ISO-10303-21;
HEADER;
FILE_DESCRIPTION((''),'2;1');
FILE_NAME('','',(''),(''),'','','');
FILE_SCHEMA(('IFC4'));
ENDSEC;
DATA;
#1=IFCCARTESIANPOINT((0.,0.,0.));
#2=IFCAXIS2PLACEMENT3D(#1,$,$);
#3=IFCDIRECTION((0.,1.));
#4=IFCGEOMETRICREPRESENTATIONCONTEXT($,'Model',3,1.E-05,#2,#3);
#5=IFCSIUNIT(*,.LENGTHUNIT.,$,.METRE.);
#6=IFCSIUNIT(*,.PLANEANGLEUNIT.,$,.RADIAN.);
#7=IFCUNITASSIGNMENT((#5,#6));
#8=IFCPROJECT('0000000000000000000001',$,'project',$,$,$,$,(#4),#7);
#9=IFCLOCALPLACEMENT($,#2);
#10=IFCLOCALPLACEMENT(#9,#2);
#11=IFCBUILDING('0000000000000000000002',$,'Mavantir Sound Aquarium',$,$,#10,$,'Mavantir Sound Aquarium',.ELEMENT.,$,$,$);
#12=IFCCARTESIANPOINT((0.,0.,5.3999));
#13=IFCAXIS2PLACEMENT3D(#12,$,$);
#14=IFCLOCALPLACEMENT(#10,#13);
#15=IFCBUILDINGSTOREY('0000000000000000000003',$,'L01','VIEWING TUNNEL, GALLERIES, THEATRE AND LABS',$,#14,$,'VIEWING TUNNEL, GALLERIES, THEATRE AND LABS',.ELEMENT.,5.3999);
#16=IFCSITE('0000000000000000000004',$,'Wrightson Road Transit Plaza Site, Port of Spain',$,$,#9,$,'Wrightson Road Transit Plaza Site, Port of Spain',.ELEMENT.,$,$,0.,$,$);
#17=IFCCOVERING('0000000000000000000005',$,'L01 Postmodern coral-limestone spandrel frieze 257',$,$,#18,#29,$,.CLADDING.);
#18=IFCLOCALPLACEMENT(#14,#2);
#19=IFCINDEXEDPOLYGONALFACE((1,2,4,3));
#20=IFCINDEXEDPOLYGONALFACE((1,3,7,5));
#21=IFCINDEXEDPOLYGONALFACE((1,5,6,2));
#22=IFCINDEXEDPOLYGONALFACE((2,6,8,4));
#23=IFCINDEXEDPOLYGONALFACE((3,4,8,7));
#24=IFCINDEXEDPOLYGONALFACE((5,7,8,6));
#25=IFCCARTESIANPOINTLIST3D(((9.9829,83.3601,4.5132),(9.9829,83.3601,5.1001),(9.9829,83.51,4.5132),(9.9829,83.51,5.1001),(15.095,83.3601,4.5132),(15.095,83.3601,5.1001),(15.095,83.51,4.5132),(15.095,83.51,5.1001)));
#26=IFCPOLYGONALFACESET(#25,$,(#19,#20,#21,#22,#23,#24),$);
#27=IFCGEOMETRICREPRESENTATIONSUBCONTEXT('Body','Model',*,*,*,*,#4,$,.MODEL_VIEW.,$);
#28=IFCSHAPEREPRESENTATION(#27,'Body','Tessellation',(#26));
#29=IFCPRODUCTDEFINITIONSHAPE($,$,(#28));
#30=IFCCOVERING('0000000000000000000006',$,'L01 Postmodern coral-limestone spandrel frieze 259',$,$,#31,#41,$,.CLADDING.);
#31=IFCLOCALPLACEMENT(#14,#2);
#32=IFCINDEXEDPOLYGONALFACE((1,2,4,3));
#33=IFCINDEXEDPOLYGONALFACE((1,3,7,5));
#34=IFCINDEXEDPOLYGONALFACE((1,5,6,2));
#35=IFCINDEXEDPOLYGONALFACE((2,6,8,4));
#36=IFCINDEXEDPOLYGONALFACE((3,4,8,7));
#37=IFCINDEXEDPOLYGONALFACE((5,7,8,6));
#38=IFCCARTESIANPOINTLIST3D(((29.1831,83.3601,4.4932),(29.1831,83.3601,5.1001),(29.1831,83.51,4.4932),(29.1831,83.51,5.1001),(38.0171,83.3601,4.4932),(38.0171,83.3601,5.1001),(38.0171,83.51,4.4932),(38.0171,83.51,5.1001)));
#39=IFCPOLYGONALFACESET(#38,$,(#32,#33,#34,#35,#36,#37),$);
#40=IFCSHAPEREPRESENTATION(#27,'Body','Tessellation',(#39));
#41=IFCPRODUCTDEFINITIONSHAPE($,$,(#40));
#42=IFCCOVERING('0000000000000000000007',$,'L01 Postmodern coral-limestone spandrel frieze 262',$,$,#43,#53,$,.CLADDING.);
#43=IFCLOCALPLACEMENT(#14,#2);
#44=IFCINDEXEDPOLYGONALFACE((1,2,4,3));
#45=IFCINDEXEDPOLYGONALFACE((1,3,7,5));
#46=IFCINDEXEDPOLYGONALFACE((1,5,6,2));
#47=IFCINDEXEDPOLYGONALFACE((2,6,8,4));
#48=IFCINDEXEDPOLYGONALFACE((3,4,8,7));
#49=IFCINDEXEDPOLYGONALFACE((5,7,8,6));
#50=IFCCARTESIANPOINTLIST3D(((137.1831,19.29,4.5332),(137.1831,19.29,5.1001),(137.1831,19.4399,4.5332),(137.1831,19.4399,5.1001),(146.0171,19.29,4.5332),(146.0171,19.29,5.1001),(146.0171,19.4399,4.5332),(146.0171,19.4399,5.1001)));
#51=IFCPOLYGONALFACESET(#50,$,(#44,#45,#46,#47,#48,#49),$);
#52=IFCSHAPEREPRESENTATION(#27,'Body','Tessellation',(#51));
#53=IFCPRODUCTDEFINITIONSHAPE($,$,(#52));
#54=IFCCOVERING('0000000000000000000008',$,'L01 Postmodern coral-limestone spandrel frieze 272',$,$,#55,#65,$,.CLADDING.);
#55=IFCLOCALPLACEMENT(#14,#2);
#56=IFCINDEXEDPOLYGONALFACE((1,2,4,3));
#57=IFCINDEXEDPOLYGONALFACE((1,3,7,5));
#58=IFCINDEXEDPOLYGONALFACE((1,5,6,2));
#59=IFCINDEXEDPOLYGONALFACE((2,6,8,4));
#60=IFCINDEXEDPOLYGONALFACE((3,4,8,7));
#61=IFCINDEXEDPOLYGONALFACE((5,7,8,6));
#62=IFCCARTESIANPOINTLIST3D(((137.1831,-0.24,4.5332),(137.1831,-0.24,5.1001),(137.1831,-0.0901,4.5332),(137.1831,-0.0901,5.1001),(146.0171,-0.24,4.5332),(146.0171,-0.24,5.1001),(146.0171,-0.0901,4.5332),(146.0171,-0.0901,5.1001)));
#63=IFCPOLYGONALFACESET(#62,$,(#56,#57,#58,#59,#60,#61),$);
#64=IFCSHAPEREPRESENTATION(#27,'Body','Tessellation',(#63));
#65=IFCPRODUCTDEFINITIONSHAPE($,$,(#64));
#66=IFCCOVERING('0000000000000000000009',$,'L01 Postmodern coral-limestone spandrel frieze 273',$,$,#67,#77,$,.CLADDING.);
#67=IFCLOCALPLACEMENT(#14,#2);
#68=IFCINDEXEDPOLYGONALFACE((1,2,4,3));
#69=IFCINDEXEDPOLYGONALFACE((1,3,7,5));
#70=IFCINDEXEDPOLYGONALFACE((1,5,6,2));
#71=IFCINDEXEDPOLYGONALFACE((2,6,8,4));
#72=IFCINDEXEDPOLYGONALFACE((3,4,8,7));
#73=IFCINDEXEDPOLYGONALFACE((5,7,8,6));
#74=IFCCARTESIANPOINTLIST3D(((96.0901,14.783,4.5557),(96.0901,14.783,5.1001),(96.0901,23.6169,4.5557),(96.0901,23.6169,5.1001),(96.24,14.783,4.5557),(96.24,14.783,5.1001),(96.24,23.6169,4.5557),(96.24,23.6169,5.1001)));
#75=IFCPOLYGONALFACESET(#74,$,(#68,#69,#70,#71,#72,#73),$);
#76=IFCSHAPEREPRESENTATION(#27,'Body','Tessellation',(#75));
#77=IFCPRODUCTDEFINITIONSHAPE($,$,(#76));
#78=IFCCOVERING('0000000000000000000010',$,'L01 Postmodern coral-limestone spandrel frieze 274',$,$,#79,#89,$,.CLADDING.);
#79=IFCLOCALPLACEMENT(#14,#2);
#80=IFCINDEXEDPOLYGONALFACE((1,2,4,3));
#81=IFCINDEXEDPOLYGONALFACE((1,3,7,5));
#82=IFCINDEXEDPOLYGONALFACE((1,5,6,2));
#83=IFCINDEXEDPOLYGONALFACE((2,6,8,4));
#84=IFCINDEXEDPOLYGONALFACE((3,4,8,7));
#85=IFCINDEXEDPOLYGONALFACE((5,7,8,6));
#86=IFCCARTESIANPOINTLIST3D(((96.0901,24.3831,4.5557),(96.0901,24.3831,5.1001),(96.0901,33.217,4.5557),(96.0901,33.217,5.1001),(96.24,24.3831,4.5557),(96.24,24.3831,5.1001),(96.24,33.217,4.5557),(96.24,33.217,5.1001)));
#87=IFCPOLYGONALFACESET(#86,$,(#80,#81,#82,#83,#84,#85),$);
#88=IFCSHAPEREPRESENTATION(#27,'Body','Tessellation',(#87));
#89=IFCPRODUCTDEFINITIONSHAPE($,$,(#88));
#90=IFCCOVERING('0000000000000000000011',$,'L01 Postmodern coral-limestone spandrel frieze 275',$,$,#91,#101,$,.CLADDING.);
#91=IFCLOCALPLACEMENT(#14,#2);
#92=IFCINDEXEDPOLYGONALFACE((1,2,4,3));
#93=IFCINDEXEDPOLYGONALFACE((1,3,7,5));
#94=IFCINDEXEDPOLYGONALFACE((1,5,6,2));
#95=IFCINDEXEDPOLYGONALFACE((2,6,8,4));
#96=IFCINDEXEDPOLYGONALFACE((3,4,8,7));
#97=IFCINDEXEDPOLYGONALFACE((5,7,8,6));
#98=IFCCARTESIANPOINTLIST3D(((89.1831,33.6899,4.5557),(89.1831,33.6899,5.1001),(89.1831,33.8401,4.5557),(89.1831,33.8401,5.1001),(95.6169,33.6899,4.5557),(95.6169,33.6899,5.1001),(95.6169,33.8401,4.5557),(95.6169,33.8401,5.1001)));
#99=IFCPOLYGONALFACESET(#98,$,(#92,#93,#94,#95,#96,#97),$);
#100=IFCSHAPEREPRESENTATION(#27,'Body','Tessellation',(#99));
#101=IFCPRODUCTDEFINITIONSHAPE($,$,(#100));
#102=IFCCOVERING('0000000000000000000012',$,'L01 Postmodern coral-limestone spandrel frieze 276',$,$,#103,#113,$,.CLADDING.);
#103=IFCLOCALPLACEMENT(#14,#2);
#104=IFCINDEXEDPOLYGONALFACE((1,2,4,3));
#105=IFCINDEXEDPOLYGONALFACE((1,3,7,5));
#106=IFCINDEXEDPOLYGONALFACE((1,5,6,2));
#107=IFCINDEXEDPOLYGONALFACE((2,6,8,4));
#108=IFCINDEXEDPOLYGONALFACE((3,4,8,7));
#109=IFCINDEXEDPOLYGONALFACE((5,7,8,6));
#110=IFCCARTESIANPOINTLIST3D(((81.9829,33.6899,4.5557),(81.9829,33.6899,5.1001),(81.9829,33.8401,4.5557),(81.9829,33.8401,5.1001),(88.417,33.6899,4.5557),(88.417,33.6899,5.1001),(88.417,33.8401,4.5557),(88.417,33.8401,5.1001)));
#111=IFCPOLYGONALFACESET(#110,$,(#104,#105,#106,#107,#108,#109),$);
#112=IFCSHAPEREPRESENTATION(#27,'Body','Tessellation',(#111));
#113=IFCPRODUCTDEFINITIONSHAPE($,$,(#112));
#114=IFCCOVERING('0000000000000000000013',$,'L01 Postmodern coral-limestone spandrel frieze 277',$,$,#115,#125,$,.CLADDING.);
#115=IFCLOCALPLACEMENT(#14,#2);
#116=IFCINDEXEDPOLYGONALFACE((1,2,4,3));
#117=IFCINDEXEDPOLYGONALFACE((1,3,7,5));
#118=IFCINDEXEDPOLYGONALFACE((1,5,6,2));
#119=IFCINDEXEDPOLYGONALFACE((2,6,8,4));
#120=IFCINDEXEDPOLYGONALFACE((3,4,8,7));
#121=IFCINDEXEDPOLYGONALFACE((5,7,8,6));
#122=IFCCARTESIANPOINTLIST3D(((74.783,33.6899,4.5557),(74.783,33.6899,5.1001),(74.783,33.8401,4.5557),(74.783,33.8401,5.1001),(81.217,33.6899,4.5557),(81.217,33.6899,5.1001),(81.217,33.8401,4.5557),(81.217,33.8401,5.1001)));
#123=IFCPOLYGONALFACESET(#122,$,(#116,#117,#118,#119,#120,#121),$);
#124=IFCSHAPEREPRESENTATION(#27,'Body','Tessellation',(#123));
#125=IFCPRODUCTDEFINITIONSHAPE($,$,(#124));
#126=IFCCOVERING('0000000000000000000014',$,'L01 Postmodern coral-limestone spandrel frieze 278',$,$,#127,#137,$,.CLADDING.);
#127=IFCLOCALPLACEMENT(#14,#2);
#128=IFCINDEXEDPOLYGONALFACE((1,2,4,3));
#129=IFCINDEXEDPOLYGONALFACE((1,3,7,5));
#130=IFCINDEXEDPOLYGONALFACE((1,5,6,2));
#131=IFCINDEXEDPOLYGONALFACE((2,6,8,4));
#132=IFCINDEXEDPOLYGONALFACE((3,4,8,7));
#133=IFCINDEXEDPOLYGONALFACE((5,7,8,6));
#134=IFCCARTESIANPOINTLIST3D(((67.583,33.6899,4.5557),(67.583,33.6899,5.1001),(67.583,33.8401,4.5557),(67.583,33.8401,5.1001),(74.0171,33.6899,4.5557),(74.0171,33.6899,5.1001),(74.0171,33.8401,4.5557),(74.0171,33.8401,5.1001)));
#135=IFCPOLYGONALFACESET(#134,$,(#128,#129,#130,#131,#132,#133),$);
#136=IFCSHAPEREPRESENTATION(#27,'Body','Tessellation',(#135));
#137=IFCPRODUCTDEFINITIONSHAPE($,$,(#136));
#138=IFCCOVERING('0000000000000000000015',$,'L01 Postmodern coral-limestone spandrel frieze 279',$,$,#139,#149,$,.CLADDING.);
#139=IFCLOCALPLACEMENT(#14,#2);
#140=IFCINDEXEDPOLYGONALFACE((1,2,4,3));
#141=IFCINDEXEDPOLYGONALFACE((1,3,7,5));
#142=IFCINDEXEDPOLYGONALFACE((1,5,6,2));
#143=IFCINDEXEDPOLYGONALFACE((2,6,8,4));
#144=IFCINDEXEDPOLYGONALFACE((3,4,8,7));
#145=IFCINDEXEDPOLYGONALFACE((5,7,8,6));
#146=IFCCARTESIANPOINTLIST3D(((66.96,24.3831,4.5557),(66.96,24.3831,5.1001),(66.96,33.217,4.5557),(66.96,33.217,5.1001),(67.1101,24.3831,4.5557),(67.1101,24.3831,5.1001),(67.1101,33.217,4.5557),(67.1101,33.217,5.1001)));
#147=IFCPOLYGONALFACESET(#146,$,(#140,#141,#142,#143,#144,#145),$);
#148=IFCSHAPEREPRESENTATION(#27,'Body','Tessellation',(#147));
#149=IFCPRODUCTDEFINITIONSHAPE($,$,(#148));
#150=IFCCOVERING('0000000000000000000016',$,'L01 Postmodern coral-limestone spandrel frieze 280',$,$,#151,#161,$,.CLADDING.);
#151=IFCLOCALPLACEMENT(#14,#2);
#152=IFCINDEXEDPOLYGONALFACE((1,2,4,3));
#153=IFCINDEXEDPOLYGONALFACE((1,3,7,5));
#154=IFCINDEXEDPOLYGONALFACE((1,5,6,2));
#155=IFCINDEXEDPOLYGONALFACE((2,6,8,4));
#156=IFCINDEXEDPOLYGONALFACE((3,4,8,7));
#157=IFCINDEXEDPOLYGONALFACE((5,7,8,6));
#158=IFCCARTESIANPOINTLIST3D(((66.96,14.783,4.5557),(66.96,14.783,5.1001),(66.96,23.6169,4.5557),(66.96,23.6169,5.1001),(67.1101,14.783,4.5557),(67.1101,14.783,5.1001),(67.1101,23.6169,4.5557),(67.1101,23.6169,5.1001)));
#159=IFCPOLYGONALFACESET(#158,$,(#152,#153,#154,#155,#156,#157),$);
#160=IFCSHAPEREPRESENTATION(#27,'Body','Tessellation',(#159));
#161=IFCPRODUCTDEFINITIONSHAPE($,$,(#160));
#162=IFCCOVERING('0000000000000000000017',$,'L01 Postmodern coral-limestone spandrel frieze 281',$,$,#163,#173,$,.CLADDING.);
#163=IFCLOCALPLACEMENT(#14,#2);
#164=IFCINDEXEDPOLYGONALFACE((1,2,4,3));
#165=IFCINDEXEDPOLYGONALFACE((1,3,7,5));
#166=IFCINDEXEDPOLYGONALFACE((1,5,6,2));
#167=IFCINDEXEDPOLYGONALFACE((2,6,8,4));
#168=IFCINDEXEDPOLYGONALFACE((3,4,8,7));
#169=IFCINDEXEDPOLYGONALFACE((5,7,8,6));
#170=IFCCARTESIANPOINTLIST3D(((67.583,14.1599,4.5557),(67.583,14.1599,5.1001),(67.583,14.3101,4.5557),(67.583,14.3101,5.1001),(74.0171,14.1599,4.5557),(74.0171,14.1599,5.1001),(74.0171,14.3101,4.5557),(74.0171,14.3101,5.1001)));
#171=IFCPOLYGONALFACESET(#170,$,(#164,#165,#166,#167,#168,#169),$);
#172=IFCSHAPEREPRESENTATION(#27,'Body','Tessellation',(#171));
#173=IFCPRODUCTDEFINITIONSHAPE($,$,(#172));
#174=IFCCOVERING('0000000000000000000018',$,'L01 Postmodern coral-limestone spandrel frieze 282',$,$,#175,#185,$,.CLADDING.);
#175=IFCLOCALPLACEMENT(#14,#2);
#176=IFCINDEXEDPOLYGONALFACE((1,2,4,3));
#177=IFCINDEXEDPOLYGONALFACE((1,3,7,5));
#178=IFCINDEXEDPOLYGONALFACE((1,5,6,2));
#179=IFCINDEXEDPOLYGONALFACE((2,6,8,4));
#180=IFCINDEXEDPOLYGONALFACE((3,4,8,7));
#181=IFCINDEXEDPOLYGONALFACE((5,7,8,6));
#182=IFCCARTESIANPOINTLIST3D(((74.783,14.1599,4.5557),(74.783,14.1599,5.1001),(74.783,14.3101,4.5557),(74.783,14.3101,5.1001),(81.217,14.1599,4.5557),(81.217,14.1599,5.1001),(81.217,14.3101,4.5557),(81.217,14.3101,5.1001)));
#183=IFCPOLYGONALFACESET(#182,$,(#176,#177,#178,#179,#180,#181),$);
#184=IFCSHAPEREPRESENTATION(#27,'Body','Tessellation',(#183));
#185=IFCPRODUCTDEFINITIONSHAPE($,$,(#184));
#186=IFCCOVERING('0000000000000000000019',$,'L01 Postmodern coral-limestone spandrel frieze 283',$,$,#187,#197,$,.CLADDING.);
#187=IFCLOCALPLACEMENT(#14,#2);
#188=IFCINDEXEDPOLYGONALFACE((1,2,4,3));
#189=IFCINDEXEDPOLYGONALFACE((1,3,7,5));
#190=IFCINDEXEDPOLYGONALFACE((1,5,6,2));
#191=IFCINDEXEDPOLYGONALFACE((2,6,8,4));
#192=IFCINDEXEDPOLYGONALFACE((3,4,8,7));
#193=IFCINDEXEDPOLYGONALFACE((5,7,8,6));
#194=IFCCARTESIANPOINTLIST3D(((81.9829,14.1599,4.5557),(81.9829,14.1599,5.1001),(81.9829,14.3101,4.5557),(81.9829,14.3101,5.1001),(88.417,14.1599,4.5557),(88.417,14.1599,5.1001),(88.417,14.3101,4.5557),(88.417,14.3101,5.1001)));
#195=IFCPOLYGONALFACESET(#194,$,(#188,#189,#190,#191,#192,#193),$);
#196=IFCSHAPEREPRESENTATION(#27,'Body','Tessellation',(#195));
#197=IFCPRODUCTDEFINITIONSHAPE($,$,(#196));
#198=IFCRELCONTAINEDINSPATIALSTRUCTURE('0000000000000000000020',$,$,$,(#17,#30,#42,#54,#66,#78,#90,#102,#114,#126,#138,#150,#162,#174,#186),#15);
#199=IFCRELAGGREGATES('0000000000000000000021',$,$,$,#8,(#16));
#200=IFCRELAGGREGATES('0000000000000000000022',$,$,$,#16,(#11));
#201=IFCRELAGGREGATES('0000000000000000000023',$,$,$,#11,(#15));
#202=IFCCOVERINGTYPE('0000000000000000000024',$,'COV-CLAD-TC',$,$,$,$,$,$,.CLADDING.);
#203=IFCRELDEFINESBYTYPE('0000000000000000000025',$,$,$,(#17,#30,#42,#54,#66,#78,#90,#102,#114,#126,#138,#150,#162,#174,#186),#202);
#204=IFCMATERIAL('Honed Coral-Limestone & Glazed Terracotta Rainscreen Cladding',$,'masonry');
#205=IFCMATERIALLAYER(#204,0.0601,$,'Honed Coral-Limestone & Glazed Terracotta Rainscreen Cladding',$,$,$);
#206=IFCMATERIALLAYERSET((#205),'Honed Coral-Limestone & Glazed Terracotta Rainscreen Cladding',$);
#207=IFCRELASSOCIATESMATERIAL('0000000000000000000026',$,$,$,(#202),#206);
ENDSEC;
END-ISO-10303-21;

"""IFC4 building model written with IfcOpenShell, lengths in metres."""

from ifc_helpers import new_model, si_unit, direction, frame, origin, place, context, subcontext, project, spatial, polyline, outline, extrude, material, layer, layer_set, type_object, element, save


model = new_model("IFC4")

# Units and contexts
model_context = context("Model", 3, precision=1e-05, world=origin(), true_north=direction((0.0, 1.0)))
body_context = subcontext(model_context, "Body", "Model", "MODEL_VIEW")
ifc_project = project(units=[si_unit("LENGTHUNIT", "METRE"), si_unit("PLANEANGLEUNIT", "RADIAN")], contexts=[model_context])

# Site, building, storey
site_placement = place(None, origin())
site = spatial("IfcSite", under=ifc_project, at=site_placement, Name="Wrightson Road Transit Plaza Site, Port of Spain", LongName="Wrightson Road Transit Plaza Site, Port of Spain", CompositionType="ELEMENT", RefElevation=0.0)
building_placement = place(site_placement, origin())
building = spatial("IfcBuilding", under=site, at=building_placement, Name="Mavantir Sound Aquarium", LongName="Mavantir Sound Aquarium", CompositionType="ELEMENT")
storey_placement = place(building_placement, frame((0.0, 0.0, 5.3999)))
storey = spatial("IfcBuildingStorey", under=building, at=storey_placement, Name="L01", Description="VIEWING TUNNEL, GALLERIES, THEATRE AND LABS", LongName="VIEWING TUNNEL, GALLERIES, THEATRE AND LABS", CompositionType="ELEMENT", Elevation=5.3999)

# Coverings
ifc_material = material(Name="Honed Coral-Limestone & Glazed Terracotta Rainscreen Cladding", Category="masonry")
ifc_layer = layer(ifc_material, 0.0601, Name="Honed Coral-Limestone & Glazed Terracotta Rainscreen Cladding")
ifc_layer_set = layer_set([ifc_layer], Name="Honed Coral-Limestone & Glazed Terracotta Rainscreen Cladding")
covering_type = type_object("IfcCoveringType", Name="COV-CLAD-TC", PredefinedType="CLADDING", material=ifc_layer_set)
covering_1_placement = place(storey_placement, frame((0.0, 0.0, 4.5132)))
element("IfcCovering", 1, at=covering_1_placement, inside=storey, type_object=covering_type, Name="L01 Postmodern coral-limestone spandrel frieze 257", PredefinedType="CLADDING", context=body_context, shape_type="SweptSolid", body=[
    extrude(outline(polyline([(9.9829, 83.51), (15.095, 83.51), (15.095, 83.3601), (9.9829, 83.3601), (9.9829, 83.51)])), origin(), (0.0, 0.0, 1.0), 0.5869),
])
covering_2_placement = place(storey_placement, frame((0.0, 0.0, 4.4932)))
element("IfcCovering", 2, at=covering_2_placement, inside=storey, type_object=covering_type, Name="L01 Postmodern coral-limestone spandrel frieze 259", PredefinedType="CLADDING", context=body_context, shape_type="SweptSolid", body=[
    extrude(outline(polyline([(29.1831, 83.51), (38.0171, 83.51), (38.0171, 83.3601), (29.1831, 83.3601), (29.1831, 83.51)])), origin(), (0.0, 0.0, 1.0), 0.6069),
])
covering_3_placement = place(storey_placement, frame((0.0, 0.0, 4.5332)))
element("IfcCovering", 3, at=covering_3_placement, inside=storey, type_object=covering_type, Name="L01 Postmodern coral-limestone spandrel frieze 262", PredefinedType="CLADDING", context=body_context, shape_type="SweptSolid", body=[
    extrude(outline(polyline([(146.0171, 19.29), (137.1831, 19.29), (137.1831, 19.4399), (146.0171, 19.4399), (146.0171, 19.29)])), origin(), (0.0, 0.0, 1.0), 0.5669),
])
covering_4_placement = place(storey_placement, frame((0.0, 0.0, 4.5332)))
element("IfcCovering", 4, at=covering_4_placement, inside=storey, type_object=covering_type, Name="L01 Postmodern coral-limestone spandrel frieze 272", PredefinedType="CLADDING", context=body_context, shape_type="SweptSolid", body=[
    extrude(outline(polyline([(137.1831, -0.0901), (146.0171, -0.0901), (146.0171, -0.24), (137.1831, -0.24), (137.1831, -0.0901)])), origin(), (0.0, 0.0, 1.0), 0.5669),
])
covering_5_placement = place(storey_placement, frame((0.0, 0.0, 4.5557)))
element("IfcCovering", 5, at=covering_5_placement, inside=storey, type_object=covering_type, Name="L01 Postmodern coral-limestone spandrel frieze 273", PredefinedType="CLADDING", context=body_context, shape_type="SweptSolid", body=[
    extrude(outline(polyline([(96.0901, 14.783), (96.0901, 23.6169), (96.24, 23.6169), (96.24, 14.783), (96.0901, 14.783)])), origin(), (0.0, 0.0, 1.0), 0.5444),
])
covering_6_placement = place(storey_placement, frame((0.0, 0.0, 4.5557)))
element("IfcCovering", 6, at=covering_6_placement, inside=storey, type_object=covering_type, Name="L01 Postmodern coral-limestone spandrel frieze 274", PredefinedType="CLADDING", context=body_context, shape_type="SweptSolid", body=[
    extrude(outline(polyline([(96.0901, 24.3831), (96.0901, 33.217), (96.24, 33.217), (96.24, 24.3831), (96.0901, 24.3831)])), origin(), (0.0, 0.0, 1.0), 0.5444),
])
covering_7_placement = place(storey_placement, frame((0.0, 0.0, 4.5557)))
element("IfcCovering", 7, at=covering_7_placement, inside=storey, type_object=covering_type, Name="L01 Postmodern coral-limestone spandrel frieze 275", PredefinedType="CLADDING", context=body_context, shape_type="SweptSolid", body=[
    extrude(outline(polyline([(95.6169, 33.6899), (89.1831, 33.6899), (89.1831, 33.8401), (95.6169, 33.8401), (95.6169, 33.6899)])), origin(), (0.0, 0.0, 1.0), 0.5444),
])
covering_8_placement = place(storey_placement, frame((0.0, 0.0, 4.5557)))
element("IfcCovering", 8, at=covering_8_placement, inside=storey, type_object=covering_type, Name="L01 Postmodern coral-limestone spandrel frieze 276", PredefinedType="CLADDING", context=body_context, shape_type="SweptSolid", body=[
    extrude(outline(polyline([(88.417, 33.6899), (81.9829, 33.6899), (81.9829, 33.8401), (88.417, 33.8401), (88.417, 33.6899)])), origin(), (0.0, 0.0, 1.0), 0.5444),
])
covering_9_placement = place(storey_placement, frame((0.0, 0.0, 4.5557)))
element("IfcCovering", 9, at=covering_9_placement, inside=storey, type_object=covering_type, Name="L01 Postmodern coral-limestone spandrel frieze 277", PredefinedType="CLADDING", context=body_context, shape_type="SweptSolid", body=[
    extrude(outline(polyline([(81.217, 33.6899), (74.783, 33.6899), (74.783, 33.8401), (81.217, 33.8401), (81.217, 33.6899)])), origin(), (0.0, 0.0, 1.0), 0.5444),
])
covering_10_placement = place(storey_placement, frame((0.0, 0.0, 4.5557)))
element("IfcCovering", 10, at=covering_10_placement, inside=storey, type_object=covering_type, Name="L01 Postmodern coral-limestone spandrel frieze 278", PredefinedType="CLADDING", context=body_context, shape_type="SweptSolid", body=[
    extrude(outline(polyline([(74.0171, 33.6899), (67.583, 33.6899), (67.583, 33.8401), (74.0171, 33.8401), (74.0171, 33.6899)])), origin(), (0.0, 0.0, 1.0), 0.5444),
])
covering_11_placement = place(storey_placement, frame((0.0, 0.0, 4.5557)))
element("IfcCovering", 11, at=covering_11_placement, inside=storey, type_object=covering_type, Name="L01 Postmodern coral-limestone spandrel frieze 279", PredefinedType="CLADDING", context=body_context, shape_type="SweptSolid", body=[
    extrude(outline(polyline([(67.1101, 33.217), (67.1101, 24.3831), (66.96, 24.3831), (66.96, 33.217), (67.1101, 33.217)])), origin(), (0.0, 0.0, 1.0), 0.5444),
])
covering_12_placement = place(storey_placement, frame((0.0, 0.0, 4.5557)))
element("IfcCovering", 12, at=covering_12_placement, inside=storey, type_object=covering_type, Name="L01 Postmodern coral-limestone spandrel frieze 280", PredefinedType="CLADDING", context=body_context, shape_type="SweptSolid", body=[
    extrude(outline(polyline([(67.1101, 23.6169), (67.1101, 14.783), (66.96, 14.783), (66.96, 23.6169), (67.1101, 23.6169)])), origin(), (0.0, 0.0, 1.0), 0.5444),
])
covering_13_placement = place(storey_placement, frame((0.0, 0.0, 4.5557)))
element("IfcCovering", 13, at=covering_13_placement, inside=storey, type_object=covering_type, Name="L01 Postmodern coral-limestone spandrel frieze 281", PredefinedType="CLADDING", context=body_context, shape_type="SweptSolid", body=[
    extrude(outline(polyline([(67.583, 14.3101), (74.0171, 14.3101), (74.0171, 14.1599), (67.583, 14.1599), (67.583, 14.3101)])), origin(), (0.0, 0.0, 1.0), 0.5444),
])
covering_14_placement = place(storey_placement, frame((0.0, 0.0, 4.5557)))
element("IfcCovering", 14, at=covering_14_placement, inside=storey, type_object=covering_type, Name="L01 Postmodern coral-limestone spandrel frieze 282", PredefinedType="CLADDING", context=body_context, shape_type="SweptSolid", body=[
    extrude(outline(polyline([(74.783, 14.3101), (81.217, 14.3101), (81.217, 14.1599), (74.783, 14.1599), (74.783, 14.3101)])), origin(), (0.0, 0.0, 1.0), 0.5444),
])
covering_15_placement = place(storey_placement, frame((0.0, 0.0, 4.5557)))
element("IfcCovering", 15, at=covering_15_placement, inside=storey, type_object=covering_type, Name="L01 Postmodern coral-limestone spandrel frieze 283", PredefinedType="CLADDING", context=body_context, shape_type="SweptSolid", body=[
    extrude(outline(polyline([(81.9829, 14.3101), (88.417, 14.3101), (88.417, 14.1599), (81.9829, 14.1599), (81.9829, 14.3101)])), origin(), (0.0, 0.0, 1.0), 0.5444),
])

save(model, "model.ifc")
